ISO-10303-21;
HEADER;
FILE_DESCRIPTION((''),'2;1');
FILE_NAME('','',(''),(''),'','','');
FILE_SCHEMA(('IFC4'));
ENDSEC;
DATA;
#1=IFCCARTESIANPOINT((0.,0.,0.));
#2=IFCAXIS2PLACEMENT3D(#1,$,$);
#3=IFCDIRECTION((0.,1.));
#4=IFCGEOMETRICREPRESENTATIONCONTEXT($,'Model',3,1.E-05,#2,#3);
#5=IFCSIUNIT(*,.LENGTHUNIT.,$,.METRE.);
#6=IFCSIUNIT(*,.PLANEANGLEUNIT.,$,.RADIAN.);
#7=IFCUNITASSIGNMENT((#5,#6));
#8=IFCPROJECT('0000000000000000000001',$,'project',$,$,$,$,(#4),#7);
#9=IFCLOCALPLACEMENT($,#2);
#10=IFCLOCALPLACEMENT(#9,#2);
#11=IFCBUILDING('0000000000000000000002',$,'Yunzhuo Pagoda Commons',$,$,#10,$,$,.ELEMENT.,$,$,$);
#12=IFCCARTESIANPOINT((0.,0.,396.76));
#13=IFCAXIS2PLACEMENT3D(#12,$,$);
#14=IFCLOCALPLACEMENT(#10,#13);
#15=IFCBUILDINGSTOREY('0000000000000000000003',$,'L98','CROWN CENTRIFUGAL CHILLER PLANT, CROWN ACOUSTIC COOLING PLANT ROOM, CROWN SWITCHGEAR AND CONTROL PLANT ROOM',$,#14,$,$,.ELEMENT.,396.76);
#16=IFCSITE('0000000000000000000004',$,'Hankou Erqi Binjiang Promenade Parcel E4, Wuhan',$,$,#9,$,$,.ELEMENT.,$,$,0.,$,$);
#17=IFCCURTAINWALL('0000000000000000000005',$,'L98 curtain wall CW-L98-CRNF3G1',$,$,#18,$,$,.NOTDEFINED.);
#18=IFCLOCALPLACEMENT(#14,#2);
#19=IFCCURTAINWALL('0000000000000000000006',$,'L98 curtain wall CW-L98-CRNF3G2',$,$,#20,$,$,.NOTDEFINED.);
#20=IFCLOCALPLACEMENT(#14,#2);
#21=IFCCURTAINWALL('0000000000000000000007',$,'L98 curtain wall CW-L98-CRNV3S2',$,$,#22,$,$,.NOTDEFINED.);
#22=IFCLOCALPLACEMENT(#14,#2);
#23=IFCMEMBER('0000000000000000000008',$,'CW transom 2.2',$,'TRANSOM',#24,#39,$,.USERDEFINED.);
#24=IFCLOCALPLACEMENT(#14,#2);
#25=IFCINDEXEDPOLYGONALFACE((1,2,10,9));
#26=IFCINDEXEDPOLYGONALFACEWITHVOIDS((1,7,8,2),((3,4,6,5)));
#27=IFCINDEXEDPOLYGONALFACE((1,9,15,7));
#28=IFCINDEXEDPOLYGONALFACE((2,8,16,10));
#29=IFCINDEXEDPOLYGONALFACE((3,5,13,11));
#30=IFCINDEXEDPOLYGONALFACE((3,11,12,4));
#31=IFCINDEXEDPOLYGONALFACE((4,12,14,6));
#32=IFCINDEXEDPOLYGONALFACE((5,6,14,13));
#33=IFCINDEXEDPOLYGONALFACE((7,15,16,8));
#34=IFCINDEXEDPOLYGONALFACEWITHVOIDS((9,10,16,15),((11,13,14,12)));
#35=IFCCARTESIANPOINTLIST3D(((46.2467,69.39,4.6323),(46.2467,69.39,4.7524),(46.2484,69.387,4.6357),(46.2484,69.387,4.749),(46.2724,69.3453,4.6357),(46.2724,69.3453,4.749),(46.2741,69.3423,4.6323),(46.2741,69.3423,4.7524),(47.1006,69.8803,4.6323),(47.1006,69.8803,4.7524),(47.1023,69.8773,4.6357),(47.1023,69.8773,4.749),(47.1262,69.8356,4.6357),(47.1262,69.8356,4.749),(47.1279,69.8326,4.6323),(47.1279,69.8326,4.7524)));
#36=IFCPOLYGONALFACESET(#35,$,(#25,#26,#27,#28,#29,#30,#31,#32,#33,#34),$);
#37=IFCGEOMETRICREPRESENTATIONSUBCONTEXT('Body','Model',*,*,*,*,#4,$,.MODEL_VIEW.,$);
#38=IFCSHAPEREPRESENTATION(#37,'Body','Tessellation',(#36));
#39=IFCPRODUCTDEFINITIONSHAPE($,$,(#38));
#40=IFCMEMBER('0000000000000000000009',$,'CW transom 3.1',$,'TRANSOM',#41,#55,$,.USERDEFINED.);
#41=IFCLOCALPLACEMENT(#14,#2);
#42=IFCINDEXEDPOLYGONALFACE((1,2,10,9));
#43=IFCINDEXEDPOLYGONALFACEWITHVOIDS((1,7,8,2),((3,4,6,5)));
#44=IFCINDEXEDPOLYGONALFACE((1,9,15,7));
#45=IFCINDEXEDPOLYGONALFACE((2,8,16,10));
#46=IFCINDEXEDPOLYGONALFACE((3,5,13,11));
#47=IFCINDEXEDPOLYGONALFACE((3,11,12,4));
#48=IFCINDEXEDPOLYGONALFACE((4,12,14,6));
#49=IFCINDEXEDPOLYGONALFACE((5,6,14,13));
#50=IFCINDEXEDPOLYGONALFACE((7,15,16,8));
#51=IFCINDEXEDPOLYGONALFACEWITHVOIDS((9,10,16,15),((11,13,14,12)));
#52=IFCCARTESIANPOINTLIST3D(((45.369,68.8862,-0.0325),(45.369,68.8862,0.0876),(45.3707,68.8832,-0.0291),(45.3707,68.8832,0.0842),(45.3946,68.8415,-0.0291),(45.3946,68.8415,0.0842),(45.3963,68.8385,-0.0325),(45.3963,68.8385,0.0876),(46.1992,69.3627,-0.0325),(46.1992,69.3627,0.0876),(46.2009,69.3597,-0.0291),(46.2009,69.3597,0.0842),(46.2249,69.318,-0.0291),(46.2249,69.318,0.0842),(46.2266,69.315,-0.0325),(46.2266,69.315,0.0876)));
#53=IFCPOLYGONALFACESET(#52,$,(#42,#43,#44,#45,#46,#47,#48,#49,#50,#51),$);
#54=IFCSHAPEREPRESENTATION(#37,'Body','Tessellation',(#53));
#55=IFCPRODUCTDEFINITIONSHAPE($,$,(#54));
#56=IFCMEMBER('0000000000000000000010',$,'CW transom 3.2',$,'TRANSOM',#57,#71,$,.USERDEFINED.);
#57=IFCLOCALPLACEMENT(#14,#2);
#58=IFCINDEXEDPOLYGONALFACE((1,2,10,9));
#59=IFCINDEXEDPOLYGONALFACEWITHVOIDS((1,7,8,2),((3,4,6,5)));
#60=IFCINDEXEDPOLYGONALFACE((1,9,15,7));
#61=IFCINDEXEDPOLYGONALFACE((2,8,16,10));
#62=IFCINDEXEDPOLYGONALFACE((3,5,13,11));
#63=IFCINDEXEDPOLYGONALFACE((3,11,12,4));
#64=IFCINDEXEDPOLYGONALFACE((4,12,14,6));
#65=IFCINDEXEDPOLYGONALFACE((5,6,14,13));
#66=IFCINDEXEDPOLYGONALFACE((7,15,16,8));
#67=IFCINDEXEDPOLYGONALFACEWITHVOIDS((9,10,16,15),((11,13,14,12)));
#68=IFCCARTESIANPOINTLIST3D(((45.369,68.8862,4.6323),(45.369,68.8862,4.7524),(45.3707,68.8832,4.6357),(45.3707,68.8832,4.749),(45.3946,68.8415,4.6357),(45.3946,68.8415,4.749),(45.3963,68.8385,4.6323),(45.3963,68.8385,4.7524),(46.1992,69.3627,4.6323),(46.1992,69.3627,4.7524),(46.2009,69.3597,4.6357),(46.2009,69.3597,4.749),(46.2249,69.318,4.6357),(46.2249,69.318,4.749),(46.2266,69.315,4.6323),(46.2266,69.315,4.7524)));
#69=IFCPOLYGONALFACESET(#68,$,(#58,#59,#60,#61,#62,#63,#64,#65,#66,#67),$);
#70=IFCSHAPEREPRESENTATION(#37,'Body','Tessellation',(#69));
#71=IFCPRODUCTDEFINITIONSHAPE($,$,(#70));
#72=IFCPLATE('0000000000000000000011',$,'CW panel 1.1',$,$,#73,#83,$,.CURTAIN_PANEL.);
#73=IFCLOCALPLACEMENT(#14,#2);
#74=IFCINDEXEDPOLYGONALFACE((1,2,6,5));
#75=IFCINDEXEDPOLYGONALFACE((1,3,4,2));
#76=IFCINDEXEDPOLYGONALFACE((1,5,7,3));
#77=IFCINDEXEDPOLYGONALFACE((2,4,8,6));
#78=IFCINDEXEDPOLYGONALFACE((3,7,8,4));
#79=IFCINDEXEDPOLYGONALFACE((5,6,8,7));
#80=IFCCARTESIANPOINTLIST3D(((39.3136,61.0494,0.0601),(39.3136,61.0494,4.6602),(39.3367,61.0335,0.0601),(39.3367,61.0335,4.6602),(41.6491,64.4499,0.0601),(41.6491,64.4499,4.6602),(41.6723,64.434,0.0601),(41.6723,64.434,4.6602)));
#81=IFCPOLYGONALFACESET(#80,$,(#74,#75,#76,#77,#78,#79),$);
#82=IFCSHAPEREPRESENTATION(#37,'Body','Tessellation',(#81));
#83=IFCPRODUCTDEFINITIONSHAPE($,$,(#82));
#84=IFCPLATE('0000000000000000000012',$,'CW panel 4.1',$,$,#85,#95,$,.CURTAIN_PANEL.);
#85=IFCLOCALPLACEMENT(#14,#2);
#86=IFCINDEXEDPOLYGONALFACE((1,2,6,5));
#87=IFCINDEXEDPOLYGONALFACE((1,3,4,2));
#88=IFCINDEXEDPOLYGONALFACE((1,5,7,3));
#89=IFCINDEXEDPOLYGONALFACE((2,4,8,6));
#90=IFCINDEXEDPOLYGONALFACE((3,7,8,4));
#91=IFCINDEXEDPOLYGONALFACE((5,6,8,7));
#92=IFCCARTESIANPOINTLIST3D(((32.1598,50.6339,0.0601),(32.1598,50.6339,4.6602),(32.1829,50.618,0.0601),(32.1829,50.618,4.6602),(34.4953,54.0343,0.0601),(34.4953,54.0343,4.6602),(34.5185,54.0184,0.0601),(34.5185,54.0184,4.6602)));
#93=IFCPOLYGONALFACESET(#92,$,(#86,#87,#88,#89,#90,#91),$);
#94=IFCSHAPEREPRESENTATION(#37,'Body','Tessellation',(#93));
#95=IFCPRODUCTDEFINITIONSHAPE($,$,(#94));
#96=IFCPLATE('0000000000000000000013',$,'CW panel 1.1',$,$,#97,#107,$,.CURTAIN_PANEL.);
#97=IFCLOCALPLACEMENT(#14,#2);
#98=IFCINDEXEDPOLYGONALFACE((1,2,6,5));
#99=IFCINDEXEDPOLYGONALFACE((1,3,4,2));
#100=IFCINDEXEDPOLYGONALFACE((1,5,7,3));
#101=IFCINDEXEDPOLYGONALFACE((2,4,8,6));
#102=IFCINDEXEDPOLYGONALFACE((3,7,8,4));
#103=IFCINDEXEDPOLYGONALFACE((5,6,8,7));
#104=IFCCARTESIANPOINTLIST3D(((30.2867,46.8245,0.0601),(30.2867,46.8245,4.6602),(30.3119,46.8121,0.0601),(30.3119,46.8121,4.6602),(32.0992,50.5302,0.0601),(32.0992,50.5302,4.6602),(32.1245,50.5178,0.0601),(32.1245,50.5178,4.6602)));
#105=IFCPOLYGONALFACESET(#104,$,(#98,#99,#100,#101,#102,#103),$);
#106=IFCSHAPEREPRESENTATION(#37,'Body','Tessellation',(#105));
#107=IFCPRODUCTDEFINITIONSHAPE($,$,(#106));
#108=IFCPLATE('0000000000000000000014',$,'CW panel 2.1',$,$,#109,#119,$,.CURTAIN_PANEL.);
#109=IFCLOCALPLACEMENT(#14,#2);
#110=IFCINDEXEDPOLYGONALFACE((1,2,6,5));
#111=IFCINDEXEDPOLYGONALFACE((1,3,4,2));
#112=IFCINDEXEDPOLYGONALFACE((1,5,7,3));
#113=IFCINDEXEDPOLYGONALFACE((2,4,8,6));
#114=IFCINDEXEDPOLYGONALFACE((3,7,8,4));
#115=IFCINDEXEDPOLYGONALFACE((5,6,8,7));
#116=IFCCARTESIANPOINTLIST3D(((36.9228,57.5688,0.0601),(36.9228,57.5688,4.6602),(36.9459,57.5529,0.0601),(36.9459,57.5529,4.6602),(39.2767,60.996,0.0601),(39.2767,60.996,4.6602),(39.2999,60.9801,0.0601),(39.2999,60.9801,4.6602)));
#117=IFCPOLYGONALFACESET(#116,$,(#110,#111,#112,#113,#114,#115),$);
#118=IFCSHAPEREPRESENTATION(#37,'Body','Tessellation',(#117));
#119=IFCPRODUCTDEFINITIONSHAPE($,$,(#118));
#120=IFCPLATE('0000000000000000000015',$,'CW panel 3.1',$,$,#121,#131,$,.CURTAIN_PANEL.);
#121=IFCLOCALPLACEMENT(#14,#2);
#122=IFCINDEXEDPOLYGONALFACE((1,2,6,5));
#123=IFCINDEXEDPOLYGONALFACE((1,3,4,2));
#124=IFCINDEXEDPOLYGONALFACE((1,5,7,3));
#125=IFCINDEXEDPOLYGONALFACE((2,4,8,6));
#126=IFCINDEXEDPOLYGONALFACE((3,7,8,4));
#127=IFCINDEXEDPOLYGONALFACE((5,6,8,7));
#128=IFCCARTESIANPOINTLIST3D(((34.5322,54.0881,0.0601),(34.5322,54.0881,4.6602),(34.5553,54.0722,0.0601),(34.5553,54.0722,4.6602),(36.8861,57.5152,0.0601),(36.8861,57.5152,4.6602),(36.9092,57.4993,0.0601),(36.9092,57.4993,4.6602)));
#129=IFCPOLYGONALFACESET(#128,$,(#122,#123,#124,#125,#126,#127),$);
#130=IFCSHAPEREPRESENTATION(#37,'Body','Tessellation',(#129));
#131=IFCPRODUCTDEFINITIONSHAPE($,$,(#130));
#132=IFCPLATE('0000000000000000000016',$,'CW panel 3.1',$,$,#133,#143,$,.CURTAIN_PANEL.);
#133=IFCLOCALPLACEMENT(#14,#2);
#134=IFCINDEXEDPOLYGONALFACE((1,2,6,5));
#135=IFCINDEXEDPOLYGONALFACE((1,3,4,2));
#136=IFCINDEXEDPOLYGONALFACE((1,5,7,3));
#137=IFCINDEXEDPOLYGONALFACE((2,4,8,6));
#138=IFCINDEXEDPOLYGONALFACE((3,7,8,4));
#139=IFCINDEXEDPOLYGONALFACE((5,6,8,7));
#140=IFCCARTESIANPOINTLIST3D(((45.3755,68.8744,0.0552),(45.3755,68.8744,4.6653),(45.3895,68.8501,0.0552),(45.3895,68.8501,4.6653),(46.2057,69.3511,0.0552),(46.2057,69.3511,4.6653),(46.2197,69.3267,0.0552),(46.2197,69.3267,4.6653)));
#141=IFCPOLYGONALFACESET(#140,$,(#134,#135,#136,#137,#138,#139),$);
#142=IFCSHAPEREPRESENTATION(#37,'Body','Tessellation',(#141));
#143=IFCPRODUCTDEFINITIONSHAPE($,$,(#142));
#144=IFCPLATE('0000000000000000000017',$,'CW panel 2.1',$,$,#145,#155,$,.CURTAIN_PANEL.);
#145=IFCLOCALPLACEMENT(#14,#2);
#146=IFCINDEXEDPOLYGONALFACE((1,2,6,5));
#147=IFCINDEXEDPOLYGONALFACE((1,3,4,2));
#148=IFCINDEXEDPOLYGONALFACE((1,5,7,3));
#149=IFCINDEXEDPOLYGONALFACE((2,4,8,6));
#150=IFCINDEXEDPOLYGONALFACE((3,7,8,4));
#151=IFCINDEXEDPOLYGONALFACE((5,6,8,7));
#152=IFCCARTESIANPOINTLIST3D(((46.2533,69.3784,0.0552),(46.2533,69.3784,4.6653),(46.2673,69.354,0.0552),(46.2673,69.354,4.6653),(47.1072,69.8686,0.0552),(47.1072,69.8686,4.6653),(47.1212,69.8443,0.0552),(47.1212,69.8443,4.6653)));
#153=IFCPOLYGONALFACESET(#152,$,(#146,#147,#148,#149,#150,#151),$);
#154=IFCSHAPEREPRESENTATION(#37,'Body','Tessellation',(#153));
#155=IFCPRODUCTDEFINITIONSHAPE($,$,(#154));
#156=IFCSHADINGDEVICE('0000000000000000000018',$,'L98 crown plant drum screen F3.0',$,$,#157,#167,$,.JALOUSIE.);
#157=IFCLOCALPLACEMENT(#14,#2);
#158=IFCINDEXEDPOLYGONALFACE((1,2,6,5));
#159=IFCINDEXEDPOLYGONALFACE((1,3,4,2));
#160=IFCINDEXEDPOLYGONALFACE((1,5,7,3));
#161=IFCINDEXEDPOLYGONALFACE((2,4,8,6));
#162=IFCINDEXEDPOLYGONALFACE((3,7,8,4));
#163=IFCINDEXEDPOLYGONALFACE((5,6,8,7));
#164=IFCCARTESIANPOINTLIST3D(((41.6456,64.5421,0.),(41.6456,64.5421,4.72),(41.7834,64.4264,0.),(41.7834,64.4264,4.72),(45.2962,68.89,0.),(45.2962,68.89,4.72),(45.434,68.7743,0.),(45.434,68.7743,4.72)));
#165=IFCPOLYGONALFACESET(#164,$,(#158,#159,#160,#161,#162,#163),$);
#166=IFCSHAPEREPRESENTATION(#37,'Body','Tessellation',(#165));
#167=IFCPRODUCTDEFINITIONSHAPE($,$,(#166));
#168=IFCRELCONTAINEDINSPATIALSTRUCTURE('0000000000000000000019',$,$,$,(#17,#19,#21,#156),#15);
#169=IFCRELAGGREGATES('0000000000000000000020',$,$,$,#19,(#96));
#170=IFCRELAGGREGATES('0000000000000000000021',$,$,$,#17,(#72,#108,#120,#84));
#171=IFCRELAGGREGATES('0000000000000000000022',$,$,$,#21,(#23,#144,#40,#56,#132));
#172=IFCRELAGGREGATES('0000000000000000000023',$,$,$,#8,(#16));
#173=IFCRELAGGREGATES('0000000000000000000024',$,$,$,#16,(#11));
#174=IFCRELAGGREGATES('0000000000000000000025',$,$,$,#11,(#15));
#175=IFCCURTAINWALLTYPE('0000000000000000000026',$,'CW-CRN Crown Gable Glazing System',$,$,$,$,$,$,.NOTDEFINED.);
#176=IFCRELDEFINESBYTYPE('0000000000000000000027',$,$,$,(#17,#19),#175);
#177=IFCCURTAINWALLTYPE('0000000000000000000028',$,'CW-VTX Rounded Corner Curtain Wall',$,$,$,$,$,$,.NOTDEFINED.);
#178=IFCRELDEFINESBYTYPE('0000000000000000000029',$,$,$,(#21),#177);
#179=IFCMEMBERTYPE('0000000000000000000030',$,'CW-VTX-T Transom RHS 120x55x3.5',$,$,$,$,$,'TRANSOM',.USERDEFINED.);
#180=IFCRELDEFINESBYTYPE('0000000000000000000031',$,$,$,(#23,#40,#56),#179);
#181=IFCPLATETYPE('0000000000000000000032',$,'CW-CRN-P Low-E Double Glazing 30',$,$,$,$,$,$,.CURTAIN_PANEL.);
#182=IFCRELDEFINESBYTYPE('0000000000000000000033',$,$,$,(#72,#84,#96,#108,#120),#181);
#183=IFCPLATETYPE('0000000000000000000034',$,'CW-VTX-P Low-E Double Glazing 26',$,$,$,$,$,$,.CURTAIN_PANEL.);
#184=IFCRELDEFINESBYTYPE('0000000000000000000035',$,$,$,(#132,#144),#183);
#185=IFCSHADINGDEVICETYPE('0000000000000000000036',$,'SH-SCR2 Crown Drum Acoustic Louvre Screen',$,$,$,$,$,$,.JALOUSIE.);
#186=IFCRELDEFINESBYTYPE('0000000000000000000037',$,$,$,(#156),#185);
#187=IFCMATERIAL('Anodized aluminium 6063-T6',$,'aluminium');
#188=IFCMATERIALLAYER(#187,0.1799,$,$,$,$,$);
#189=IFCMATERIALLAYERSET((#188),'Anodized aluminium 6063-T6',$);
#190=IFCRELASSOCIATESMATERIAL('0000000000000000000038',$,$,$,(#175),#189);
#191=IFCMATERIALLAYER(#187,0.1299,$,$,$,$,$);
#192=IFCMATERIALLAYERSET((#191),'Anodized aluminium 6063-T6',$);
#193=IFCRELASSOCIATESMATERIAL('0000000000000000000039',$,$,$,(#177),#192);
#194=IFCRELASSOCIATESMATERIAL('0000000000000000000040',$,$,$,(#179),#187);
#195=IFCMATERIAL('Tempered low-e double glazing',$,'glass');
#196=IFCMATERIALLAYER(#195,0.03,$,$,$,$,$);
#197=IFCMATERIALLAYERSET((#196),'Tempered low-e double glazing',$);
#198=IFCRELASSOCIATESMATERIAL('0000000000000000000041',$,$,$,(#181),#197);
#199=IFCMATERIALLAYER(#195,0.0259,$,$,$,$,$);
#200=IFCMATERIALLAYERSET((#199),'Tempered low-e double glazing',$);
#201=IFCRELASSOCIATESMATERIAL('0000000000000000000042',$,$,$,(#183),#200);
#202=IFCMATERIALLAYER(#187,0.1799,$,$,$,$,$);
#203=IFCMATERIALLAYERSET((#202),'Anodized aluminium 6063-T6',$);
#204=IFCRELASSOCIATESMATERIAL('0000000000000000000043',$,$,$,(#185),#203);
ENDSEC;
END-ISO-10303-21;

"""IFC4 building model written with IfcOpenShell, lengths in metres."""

from ifc_helpers import new_model, si_unit, direction, frame, origin, origin_2d, place, context, subcontext, project, spatial, rectangle, hollow_rectangle, extrude, source, transform, mapped, material, layer, layer_set, material_profile, profile_set, type_object, element, aggregate, save


model = new_model("IFC4")

# Units and contexts
model_context = context("Model", 3, precision=1e-05, world=origin(), true_north=direction((0.0, 1.0)))
body_context = subcontext(model_context, "Body", "Model", "MODEL_VIEW")
ifc_project = project(units=[si_unit("LENGTHUNIT", "METRE"), si_unit("PLANEANGLEUNIT", "RADIAN")], contexts=[model_context])

# Site, building, storey
site_placement = place(None, origin())
site = spatial("IfcSite", under=ifc_project, at=site_placement, Name="Hankou Erqi Binjiang Promenade Parcel E4, Wuhan", CompositionType="ELEMENT", RefElevation=0.0)
building_placement = place(site_placement, origin())
building = spatial("IfcBuilding", under=site, at=building_placement, Name="Yunzhuo Pagoda Commons", CompositionType="ELEMENT")
storey_placement = place(building_placement, frame((0.0, 0.0, 396.76)))
storey = spatial("IfcBuildingStorey", under=building, at=storey_placement, Name="L98", Description="CROWN CENTRIFUGAL CHILLER PLANT, CROWN ACOUSTIC COOLING PLANT ROOM, CROWN SWITCHGEAR AND CONTROL PLANT ROOM", CompositionType="ELEMENT", Elevation=396.76)

# Curtain wall
ifc_material_1 = material(Name="Anodized aluminium 6063-T6", Category="aluminium")
ifc_layer_1 = layer(ifc_material_1, 0.1799)
ifc_layer_set_1 = layer_set([ifc_layer_1], Name="Anodized aluminium 6063-T6")
curtain_wall_type_1 = type_object("IfcCurtainWallType", Name="CW-CRN Crown Gable Glazing System", PredefinedType="NOTDEFINED", material=ifc_layer_set_1)
curtain_wall_1_placement = place(storey_placement, origin())
curtain_wall_1 = element("IfcCurtainWall", 1, at=curtain_wall_1_placement, inside=storey, type_object=curtain_wall_type_1, Name="L98 curtain wall CW-L98-CRNF3G1", PredefinedType="NOTDEFINED")

# Curtain wall
curtain_wall_2_placement = place(storey_placement, origin())
curtain_wall_2 = element("IfcCurtainWall", 2, at=curtain_wall_2_placement, inside=storey, type_object=curtain_wall_type_1, Name="L98 curtain wall CW-L98-CRNF3G2", PredefinedType="NOTDEFINED")

# Curtain wall, members
ifc_layer_2 = layer(ifc_material_1, 0.1299)
ifc_layer_set_2 = layer_set([ifc_layer_2], Name="Anodized aluminium 6063-T6")
curtain_wall_type_2 = type_object("IfcCurtainWallType", Name="CW-VTX Rounded Corner Curtain Wall", PredefinedType="NOTDEFINED", material=ifc_layer_set_2)
curtain_wall_3_placement = place(storey_placement, origin())
curtain_wall_3 = element("IfcCurtainWall", 3, at=curtain_wall_3_placement, inside=storey, type_object=curtain_wall_type_2, Name="L98 curtain wall CW-L98-CRNV3S2", PredefinedType="NOTDEFINED")
ifc_material_profile_1 = material_profile(ifc_material_1, hollow_rectangle(XDim=0.0549, YDim=0.1201, WallThickness=0.0034, at=origin_2d()), Name="Anodized aluminium 6063-T6")
ifc_profile_set_1 = profile_set([ifc_material_profile_1], Name="Anodized aluminium 6063-T6")
member_type_1 = type_object("IfcMemberType", Name="CW-VTX-T Transom RHS 120x55x3.5", ElementType="TRANSOM", PredefinedType="USERDEFINED", material=ifc_profile_set_1)
shared_shape_1 = source(origin(), body_context, "Body", "SweptSolid", [
    extrude(hollow_rectangle(XDim=0.0549, YDim=0.1201, WallThickness=0.0034, at=origin_2d()), origin(), (0.0, 0.0, 1.0), 0.9846),
])
member_1_placement = place(storey_placement, frame((47.1143, 69.8564, 4.6924), z_axis=(-0.867204, -0.497954, 0.0), x_axis=(0.497954, -0.867204, 0.0)))
member_1 = element("IfcMember", 4, at=member_1_placement, type_object=member_type_1, Name="CW transom 2.2", ObjectType="TRANSOM", PredefinedType="USERDEFINED", context=body_context, shape_type="MappedRepresentation", body=[
    mapped(shared_shape_1, transform((0.0, 0.0, 0.0), scale=1.0)),
])
shared_shape_2 = source(origin(), body_context, "Body", "SweptSolid", [
    extrude(hollow_rectangle(XDim=0.0549, YDim=0.1201, WallThickness=0.0034, at=origin_2d()), origin(), (0.0, 0.0, 1.0), 0.9573),
])
member_2_placement = place(storey_placement, frame((46.2129, 69.3389, 0.0276), z_axis=(-0.8673, -0.497786, 0.0), x_axis=(0.497786, -0.8673, 0.0)))
member_2 = element("IfcMember", 5, at=member_2_placement, type_object=member_type_1, Name="CW transom 3.1", ObjectType="TRANSOM", PredefinedType="USERDEFINED", context=body_context, shape_type="MappedRepresentation", body=[
    mapped(shared_shape_2, transform((0.0, 0.0, 0.0), scale=1.0)),
])
member_3_placement = place(storey_placement, frame((46.2129, 69.3389, 4.6924), z_axis=(-0.8673, -0.497786, 0.0), x_axis=(0.497786, -0.8673, 0.0)))
member_3 = element("IfcMember", 6, at=member_3_placement, type_object=member_type_1, Name="CW transom 3.2", ObjectType="TRANSOM", PredefinedType="USERDEFINED", context=body_context, shape_type="MappedRepresentation", body=[
    mapped(shared_shape_2, transform((0.0, 0.0, 0.0), scale=1.0)),
])

# Plates
ifc_material_2 = material(Name="Tempered low-e double glazing", Category="glass")
ifc_layer_3 = layer(ifc_material_2, 0.03)
ifc_layer_set_3 = layer_set([ifc_layer_3], Name="Tempered low-e double glazing")
plate_type_1 = type_object("IfcPlateType", Name="CW-CRN-P Low-E Double Glazing 30", PredefinedType="CURTAIN_PANEL", material=ifc_layer_set_3)
shared_shape_3 = source(origin(), body_context, "Body", "SweptSolid", [
    extrude(rectangle(XDim=4.1252, YDim=0.0281, at=origin_2d()), origin(), (0.0, 0.0, 1.0), 4.6001),
])
plate_1_placement = place(storey_placement, frame((40.4929, 62.7417, 0.0601), z_axis=(0.0, 0.0, 1.0), x_axis=(-0.566159, -0.824296, 0.0)))
plate_1 = element("IfcPlate", 7, at=plate_1_placement, type_object=plate_type_1, Name="CW panel 1.1", PredefinedType="CURTAIN_PANEL", context=body_context, shape_type="MappedRepresentation", body=[
    mapped(shared_shape_3, transform((0.0, 0.0, 0.0), scale=1.0)),
])
plate_2_placement = place(storey_placement, frame((33.3391, 52.3262, 0.0601), z_axis=(0.0, 0.0, 1.0), x_axis=(-0.566159, -0.824296, 0.0)))
plate_2 = element("IfcPlate", 8, at=plate_2_placement, type_object=plate_type_1, Name="CW panel 4.1", PredefinedType="CURTAIN_PANEL", context=body_context, shape_type="MappedRepresentation", body=[
    mapped(shared_shape_3, transform((0.0, 0.0, 0.0), scale=1.0)),
])
plate_3_placement = place(storey_placement, frame((31.2056, 48.6711, 0.0601), z_axis=(0.0, 0.0, 1.0), x_axis=(-0.439384, -0.898299, 0.0)))
plate_3 = element("IfcPlate", 9, at=plate_3_placement, type_object=plate_type_1, Name="CW panel 1.1", PredefinedType="CURTAIN_PANEL", context=body_context, shape_type="MappedRepresentation", body=[
    mapped(shared_shape_3, transform((0.0, 0.0, 0.0), scale=1.0)),
])
aggregate(curtain_wall_2, [plate_3])
shared_shape_4 = source(origin(), body_context, "Body", "SweptSolid", [
    extrude(rectangle(XDim=4.1577, YDim=0.0281, at=origin_2d()), origin(), (0.0, 0.0, 1.0), 4.6001),
])
plate_4_placement = place(storey_placement, frame((38.1113, 59.2744, 0.0601), z_axis=(0.0, 0.0, 1.0), x_axis=(-0.566159, -0.824296, 0.0)))
plate_4 = element("IfcPlate", 10, at=plate_4_placement, type_object=plate_type_1, Name="CW panel 2.1", PredefinedType="CURTAIN_PANEL", context=body_context, shape_type="MappedRepresentation", body=[
    mapped(shared_shape_4, transform((0.0, 0.0, 0.0), scale=1.0)),
])
plate_5_placement = place(storey_placement, frame((35.7207, 55.7937, 0.0601), z_axis=(0.0, 0.0, 1.0), x_axis=(-0.566159, -0.824296, 0.0)))
plate_5 = element("IfcPlate", 11, at=plate_5_placement, type_object=plate_type_1, Name="CW panel 3.1", PredefinedType="CURTAIN_PANEL", context=body_context, shape_type="MappedRepresentation", body=[
    mapped(shared_shape_4, transform((0.0, 0.0, 0.0), scale=1.0)),
])
aggregate(curtain_wall_1, [plate_1, plate_4, plate_5, plate_2])
ifc_layer_4 = layer(ifc_material_2, 0.0259)
ifc_layer_set_4 = layer_set([ifc_layer_4], Name="Tempered low-e double glazing")
plate_type_2 = type_object("IfcPlateType", Name="CW-VTX-P Low-E Double Glazing 26", PredefinedType="CURTAIN_PANEL", material=ifc_layer_set_4)
shared_shape_5 = source(origin(), body_context, "Body", "SweptSolid", [
    extrude(rectangle(XDim=0.9573, YDim=0.0281, at=origin_2d()), origin(), (0.0, 0.0, 1.0), 4.6101),
])
plate_6_placement = place(storey_placement, frame((45.7976, 69.1006, 0.0552), z_axis=(0.0, 0.0, 1.0), x_axis=(-0.867213, -0.497937, 0.0)))
plate_6 = element("IfcPlate", 12, at=plate_6_placement, type_object=plate_type_2, Name="CW panel 3.1", PredefinedType="CURTAIN_PANEL", context=body_context, shape_type="MappedRepresentation", body=[
    mapped(shared_shape_5, transform((0.0, 0.0, 0.0), scale=1.0)),
])
shared_shape_6 = source(origin(), body_context, "Body", "SweptSolid", [
    extrude(rectangle(XDim=0.9846, YDim=0.0281, at=origin_2d()), origin(), (0.0, 0.0, 1.0), 4.6101),
])
plate_7_placement = place(storey_placement, frame((46.6873, 69.6113, 0.0552), z_axis=(0.0, 0.0, 1.0), x_axis=(-0.867213, -0.497937, 0.0)))
plate_7 = element("IfcPlate", 13, at=plate_7_placement, type_object=plate_type_2, Name="CW panel 2.1", PredefinedType="CURTAIN_PANEL", context=body_context, shape_type="MappedRepresentation", body=[
    mapped(shared_shape_6, transform((0.0, 0.0, 0.0), scale=1.0)),
])
aggregate(curtain_wall_3, [member_1, plate_7, member_2, member_3, plate_6])

# Shading device
ifc_layer_5 = layer(ifc_material_1, 0.1799)
ifc_layer_set_5 = layer_set([ifc_layer_5], Name="Anodized aluminium 6063-T6")
shading_device_type = type_object("IfcShadingDeviceType", Name="SH-SCR2 Crown Drum Acoustic Louvre Screen", PredefinedType="JALOUSIE", material=ifc_layer_set_5)
shared_shape_7 = source(origin(), body_context, "Body", "SweptSolid", [
    extrude(rectangle(XDim=5.6772, YDim=0.1799, at=origin_2d()), origin(), (0.0, 0.0, 1.0), 4.72),
])
shading_device_placement = place(storey_placement, frame((43.5398, 66.6582, 0.0), z_axis=(0.0, 0.0, 1.0), x_axis=(-0.643015, -0.765854, 0.0)))
element("IfcShadingDevice", 14, at=shading_device_placement, inside=storey, type_object=shading_device_type, Name="L98 crown plant drum screen F3.0", PredefinedType="JALOUSIE", context=body_context, shape_type="MappedRepresentation", body=[
    mapped(shared_shape_7, transform((0.0, 0.0, 0.0), scale=1.0)),
])

save(model, "model.ifc")
